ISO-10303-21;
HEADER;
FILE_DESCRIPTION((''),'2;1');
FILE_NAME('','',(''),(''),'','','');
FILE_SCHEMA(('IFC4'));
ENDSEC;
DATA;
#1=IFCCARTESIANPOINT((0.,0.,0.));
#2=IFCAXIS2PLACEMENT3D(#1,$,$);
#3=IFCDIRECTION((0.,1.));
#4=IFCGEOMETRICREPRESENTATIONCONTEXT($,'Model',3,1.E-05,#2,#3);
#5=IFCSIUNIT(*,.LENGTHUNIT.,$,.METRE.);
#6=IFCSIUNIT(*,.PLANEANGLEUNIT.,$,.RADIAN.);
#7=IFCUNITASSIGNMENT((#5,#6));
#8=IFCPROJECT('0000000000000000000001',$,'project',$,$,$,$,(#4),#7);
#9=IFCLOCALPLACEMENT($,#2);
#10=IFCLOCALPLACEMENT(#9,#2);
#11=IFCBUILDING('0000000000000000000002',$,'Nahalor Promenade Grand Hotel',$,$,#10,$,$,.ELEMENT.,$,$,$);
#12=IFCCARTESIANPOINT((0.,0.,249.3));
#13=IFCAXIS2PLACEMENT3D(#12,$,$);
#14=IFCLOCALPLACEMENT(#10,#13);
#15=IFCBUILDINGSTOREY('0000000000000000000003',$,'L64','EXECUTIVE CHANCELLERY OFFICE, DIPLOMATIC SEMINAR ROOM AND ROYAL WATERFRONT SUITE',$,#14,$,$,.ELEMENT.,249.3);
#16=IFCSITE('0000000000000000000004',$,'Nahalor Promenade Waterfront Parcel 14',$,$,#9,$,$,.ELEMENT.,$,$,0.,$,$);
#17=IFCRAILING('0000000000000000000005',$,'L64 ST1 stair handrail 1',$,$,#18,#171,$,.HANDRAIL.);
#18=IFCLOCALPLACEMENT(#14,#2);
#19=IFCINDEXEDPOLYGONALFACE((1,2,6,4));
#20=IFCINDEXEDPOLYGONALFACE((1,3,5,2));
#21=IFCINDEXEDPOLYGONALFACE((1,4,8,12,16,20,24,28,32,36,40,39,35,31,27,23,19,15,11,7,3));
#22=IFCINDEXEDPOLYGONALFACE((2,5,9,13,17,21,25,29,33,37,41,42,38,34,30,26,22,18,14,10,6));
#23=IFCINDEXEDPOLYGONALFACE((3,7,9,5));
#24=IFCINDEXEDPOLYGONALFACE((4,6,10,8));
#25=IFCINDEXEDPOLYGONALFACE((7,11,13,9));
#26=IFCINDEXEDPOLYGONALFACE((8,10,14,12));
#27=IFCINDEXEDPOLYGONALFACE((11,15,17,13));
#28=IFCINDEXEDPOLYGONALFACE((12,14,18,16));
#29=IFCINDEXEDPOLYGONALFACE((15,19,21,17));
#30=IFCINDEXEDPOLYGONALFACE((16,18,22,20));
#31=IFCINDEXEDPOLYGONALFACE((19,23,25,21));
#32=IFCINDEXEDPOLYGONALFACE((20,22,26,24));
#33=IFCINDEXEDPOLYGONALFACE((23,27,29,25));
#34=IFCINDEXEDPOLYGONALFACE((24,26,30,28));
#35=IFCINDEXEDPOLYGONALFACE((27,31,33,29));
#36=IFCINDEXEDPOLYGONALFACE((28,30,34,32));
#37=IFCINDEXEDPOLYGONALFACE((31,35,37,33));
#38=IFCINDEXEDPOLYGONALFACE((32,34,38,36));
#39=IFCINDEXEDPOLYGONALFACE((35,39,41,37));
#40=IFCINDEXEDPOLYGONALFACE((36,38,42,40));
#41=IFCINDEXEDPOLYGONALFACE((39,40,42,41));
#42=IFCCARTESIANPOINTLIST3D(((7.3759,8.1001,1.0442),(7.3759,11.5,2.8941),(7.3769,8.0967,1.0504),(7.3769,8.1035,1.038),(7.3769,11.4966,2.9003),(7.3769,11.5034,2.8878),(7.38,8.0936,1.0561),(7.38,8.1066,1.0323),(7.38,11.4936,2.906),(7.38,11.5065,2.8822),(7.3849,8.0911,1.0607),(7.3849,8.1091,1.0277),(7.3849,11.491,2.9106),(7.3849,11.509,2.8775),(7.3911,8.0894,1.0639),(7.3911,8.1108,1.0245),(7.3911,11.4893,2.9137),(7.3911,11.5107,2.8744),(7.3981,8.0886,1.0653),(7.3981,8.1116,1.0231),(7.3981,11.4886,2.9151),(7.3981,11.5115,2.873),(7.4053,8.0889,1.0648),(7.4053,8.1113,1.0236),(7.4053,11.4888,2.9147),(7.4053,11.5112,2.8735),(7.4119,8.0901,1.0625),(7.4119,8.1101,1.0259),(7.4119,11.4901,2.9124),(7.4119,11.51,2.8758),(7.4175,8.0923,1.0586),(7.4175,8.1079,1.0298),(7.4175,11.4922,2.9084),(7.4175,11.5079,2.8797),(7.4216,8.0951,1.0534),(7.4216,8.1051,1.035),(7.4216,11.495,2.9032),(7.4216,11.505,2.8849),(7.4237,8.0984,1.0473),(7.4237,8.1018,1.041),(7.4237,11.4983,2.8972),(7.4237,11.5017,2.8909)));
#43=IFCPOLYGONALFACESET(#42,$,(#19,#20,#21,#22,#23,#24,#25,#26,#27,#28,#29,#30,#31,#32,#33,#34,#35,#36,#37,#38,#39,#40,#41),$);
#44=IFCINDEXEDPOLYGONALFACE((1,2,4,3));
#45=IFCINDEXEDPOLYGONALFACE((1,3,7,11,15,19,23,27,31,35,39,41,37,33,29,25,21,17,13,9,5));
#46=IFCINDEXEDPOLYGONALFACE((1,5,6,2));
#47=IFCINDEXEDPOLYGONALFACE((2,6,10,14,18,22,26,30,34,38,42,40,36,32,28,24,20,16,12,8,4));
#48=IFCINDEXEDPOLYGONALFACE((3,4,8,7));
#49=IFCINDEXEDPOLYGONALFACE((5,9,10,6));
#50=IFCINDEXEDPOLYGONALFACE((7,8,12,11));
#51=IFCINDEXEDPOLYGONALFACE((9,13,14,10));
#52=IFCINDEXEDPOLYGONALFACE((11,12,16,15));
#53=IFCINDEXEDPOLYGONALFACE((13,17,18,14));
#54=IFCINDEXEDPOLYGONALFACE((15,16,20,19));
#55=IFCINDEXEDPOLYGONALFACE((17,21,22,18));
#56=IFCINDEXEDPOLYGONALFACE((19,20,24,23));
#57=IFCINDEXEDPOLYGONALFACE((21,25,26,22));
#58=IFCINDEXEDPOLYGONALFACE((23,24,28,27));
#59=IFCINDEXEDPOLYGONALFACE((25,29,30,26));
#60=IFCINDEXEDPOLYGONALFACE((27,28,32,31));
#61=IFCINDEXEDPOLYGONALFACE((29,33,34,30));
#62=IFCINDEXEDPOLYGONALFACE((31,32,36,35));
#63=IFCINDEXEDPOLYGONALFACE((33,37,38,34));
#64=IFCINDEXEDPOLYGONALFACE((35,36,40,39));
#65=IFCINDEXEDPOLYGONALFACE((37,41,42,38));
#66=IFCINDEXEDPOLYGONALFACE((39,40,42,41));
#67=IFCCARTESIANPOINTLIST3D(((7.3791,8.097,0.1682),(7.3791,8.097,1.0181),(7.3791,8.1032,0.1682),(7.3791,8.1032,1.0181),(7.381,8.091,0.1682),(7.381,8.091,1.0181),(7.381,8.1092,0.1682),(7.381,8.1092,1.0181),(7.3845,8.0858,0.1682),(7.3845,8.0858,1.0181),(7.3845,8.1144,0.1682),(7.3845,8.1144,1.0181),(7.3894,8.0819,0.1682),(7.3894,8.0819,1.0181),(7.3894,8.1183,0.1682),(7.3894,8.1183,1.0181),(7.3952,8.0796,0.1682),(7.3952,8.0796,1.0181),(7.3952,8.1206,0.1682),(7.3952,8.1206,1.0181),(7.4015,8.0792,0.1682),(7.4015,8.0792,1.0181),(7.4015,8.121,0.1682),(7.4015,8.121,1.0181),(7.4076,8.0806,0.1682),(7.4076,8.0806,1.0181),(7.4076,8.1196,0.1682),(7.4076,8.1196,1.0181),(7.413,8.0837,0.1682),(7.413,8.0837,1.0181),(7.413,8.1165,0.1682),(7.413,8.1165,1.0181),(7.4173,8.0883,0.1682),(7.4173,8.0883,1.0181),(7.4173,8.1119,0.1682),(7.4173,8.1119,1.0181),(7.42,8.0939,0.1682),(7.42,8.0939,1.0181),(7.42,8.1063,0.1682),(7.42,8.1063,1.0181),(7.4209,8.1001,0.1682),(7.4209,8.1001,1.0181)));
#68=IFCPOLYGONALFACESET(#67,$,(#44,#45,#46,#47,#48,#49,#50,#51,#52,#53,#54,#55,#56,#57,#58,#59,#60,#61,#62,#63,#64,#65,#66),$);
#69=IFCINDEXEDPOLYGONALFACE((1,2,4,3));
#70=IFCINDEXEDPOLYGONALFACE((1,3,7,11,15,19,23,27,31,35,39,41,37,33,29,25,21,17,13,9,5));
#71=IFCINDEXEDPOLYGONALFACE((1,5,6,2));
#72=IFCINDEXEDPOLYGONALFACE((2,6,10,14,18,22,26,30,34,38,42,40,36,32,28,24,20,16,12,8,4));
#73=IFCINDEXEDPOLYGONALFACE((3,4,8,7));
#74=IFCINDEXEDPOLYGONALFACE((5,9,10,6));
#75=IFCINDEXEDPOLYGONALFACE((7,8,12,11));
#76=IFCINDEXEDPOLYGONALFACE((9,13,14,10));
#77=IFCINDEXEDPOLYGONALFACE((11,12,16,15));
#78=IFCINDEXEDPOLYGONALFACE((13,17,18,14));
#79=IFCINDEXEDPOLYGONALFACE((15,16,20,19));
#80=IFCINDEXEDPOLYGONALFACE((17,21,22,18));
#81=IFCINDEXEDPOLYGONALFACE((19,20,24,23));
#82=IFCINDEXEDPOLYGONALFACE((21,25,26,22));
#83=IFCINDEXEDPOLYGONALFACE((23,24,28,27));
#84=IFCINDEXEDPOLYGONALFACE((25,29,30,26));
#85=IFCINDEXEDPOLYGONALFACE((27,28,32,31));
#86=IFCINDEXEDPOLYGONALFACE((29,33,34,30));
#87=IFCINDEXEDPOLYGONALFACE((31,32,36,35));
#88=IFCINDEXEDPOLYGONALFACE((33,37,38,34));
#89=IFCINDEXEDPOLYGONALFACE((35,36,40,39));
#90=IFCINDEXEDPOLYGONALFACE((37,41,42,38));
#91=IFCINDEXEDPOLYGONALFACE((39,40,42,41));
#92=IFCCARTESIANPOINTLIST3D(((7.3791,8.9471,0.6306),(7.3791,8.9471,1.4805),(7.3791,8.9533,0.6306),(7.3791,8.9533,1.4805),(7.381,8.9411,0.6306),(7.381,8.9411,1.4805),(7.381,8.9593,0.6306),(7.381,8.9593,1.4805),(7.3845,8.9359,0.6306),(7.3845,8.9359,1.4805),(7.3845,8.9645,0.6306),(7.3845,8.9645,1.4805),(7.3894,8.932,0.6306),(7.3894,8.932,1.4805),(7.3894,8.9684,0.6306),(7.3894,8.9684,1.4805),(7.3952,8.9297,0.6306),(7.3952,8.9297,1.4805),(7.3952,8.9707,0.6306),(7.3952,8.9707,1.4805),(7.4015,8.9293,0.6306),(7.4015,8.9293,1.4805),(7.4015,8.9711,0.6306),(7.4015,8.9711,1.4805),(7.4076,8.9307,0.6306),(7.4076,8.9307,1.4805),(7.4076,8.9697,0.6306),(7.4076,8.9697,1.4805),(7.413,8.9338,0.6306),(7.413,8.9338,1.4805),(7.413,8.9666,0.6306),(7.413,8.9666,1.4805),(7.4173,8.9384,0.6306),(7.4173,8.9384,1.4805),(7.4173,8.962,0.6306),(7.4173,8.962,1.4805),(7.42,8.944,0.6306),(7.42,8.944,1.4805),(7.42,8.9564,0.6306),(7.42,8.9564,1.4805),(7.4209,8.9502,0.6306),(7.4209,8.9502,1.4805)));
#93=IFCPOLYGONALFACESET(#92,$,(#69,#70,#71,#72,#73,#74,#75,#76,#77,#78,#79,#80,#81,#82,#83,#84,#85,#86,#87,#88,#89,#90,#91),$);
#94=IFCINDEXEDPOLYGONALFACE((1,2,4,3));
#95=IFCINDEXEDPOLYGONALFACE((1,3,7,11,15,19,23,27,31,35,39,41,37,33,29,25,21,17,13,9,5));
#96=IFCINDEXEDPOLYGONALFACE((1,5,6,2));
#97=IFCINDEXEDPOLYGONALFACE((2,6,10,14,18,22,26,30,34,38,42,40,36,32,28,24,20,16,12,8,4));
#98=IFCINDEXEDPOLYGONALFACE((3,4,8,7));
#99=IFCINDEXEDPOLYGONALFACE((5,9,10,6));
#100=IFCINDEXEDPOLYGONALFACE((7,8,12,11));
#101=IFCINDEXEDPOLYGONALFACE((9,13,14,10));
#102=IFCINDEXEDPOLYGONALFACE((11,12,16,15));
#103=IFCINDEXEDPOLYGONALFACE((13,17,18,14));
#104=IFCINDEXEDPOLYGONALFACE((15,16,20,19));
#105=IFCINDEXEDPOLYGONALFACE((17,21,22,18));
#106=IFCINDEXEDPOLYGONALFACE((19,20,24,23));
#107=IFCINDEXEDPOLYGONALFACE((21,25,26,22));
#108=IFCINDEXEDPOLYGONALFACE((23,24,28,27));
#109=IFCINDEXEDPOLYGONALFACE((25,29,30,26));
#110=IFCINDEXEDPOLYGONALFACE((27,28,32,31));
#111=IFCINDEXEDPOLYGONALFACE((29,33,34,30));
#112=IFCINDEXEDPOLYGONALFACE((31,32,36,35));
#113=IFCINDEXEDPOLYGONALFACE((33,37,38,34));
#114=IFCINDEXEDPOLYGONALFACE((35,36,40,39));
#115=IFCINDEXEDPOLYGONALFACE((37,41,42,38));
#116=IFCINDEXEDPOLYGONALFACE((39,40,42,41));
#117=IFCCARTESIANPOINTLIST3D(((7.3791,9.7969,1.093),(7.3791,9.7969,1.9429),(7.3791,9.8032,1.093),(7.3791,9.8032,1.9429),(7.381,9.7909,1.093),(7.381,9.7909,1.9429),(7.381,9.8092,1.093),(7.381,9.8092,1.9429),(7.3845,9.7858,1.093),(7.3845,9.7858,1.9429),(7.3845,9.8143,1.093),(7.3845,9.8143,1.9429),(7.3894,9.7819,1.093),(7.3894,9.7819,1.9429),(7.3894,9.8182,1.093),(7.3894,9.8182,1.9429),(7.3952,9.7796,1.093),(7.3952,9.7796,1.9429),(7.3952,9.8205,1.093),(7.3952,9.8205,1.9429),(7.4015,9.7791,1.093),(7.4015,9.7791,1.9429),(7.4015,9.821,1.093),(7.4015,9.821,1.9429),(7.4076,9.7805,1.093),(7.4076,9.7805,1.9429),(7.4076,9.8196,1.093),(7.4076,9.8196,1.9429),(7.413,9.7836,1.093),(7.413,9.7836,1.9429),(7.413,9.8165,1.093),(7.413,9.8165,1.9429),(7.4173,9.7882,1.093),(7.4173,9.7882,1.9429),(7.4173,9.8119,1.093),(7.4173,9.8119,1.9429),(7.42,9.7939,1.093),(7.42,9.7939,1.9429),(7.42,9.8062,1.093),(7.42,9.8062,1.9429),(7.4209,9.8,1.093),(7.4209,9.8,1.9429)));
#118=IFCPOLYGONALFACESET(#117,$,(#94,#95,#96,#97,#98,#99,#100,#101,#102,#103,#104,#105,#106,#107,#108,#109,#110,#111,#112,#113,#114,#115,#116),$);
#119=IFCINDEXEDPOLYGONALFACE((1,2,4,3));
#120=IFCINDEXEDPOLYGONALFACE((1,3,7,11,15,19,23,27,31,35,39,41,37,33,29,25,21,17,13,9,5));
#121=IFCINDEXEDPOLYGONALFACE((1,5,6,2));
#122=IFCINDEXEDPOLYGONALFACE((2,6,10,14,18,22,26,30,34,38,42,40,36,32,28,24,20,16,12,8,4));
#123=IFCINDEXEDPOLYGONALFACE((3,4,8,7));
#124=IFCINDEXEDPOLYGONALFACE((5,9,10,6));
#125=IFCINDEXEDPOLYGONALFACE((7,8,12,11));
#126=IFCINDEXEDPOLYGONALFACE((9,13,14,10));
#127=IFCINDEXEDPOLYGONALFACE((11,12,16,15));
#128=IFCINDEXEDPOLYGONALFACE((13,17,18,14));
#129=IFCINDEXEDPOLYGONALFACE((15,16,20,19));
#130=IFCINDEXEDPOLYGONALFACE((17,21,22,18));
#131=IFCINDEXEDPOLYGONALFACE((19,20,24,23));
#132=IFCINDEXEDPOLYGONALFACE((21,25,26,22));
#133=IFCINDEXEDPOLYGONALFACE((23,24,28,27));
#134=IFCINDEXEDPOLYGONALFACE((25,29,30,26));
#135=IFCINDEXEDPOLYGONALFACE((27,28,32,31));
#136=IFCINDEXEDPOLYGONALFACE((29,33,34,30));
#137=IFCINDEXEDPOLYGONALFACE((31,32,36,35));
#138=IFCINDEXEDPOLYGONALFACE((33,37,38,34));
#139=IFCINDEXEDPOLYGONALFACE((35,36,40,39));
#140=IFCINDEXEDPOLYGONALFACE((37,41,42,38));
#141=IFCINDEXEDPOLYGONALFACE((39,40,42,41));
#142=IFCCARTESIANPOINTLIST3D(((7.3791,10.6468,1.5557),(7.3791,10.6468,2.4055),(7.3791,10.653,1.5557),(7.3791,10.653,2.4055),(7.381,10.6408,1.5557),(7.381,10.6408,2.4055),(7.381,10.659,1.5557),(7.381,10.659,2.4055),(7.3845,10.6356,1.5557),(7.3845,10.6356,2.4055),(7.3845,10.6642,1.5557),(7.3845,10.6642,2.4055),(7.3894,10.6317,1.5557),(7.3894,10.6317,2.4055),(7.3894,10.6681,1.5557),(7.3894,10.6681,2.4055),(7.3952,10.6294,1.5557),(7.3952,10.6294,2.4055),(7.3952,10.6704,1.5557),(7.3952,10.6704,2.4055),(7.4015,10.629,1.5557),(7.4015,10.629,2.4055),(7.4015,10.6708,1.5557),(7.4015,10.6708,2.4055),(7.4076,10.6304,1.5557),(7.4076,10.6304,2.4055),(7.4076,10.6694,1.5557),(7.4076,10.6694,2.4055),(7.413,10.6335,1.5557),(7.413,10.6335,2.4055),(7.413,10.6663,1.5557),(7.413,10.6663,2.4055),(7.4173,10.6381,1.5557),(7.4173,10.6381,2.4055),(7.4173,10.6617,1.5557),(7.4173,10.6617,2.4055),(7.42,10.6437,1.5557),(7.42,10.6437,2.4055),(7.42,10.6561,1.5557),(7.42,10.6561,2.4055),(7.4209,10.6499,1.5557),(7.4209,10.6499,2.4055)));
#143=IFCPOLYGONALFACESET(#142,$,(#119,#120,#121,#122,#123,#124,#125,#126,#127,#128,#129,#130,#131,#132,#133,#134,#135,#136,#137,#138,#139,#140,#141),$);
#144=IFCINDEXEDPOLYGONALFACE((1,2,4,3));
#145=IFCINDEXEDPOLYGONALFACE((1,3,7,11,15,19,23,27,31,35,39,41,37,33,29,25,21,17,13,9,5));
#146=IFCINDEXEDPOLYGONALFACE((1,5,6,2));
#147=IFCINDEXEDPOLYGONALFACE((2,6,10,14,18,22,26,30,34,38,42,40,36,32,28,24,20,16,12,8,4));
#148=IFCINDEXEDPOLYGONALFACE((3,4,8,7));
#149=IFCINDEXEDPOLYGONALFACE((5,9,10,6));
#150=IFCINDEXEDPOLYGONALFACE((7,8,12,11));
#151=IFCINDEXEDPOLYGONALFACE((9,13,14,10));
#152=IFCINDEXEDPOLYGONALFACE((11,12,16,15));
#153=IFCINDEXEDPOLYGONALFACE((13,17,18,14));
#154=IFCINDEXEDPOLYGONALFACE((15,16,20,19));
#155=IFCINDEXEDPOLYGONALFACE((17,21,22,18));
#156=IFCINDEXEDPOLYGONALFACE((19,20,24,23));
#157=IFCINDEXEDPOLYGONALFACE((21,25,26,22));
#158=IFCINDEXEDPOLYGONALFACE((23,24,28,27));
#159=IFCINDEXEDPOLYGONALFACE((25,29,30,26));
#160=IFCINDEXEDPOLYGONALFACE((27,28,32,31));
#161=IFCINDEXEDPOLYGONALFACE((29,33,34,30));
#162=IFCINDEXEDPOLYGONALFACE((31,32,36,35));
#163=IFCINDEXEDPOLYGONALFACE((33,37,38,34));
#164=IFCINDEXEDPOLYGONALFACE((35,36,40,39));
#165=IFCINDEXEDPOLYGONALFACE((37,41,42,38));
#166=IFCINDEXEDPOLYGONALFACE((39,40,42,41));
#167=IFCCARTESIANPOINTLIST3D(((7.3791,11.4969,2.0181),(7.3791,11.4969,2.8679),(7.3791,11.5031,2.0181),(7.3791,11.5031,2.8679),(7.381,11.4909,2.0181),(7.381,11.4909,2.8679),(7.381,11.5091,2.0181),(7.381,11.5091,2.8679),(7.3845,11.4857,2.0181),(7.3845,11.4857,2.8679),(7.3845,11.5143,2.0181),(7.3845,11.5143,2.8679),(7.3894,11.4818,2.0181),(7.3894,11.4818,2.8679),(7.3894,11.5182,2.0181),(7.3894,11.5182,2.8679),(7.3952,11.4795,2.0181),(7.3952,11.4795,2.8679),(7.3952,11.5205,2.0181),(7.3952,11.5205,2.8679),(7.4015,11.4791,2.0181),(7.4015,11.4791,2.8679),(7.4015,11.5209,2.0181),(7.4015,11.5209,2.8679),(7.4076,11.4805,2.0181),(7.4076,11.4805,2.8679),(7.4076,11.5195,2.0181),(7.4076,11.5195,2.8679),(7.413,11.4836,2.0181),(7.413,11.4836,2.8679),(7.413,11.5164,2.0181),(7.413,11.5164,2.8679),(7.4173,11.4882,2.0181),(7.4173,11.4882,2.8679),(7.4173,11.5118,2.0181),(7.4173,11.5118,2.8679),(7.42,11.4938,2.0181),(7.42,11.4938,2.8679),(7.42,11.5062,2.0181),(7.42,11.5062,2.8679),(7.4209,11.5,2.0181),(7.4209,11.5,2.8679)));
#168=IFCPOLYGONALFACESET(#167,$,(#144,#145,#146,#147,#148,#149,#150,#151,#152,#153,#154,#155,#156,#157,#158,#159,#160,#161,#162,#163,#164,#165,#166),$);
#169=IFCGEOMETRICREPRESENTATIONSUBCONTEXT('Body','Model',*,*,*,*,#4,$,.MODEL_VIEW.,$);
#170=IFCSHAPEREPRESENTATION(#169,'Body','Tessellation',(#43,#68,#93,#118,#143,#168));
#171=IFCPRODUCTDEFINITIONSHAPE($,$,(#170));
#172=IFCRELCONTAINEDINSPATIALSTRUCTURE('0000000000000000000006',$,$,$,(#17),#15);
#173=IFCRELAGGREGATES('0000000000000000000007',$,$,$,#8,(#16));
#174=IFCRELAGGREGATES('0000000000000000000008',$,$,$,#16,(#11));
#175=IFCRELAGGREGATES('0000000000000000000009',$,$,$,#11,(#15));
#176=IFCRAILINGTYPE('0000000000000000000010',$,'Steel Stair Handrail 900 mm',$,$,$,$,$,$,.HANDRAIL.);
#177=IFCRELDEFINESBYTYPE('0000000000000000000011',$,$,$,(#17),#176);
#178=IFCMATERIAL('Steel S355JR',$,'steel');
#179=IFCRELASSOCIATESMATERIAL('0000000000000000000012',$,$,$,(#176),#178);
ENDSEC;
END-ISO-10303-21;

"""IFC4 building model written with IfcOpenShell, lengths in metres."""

from ifc_helpers import new_model, si_unit, direction, frame, origin, origin_2d, place, context, subcontext, project, spatial, circle, extrude, material, type_object, element, save


model = new_model("IFC4")

# Units and contexts
model_context = context("Model", 3, precision=1e-05, world=origin(), true_north=direction((0.0, 1.0)))
body_context = subcontext(model_context, "Body", "Model", "MODEL_VIEW")
ifc_project = project(units=[si_unit("LENGTHUNIT", "METRE"), si_unit("PLANEANGLEUNIT", "RADIAN")], contexts=[model_context])

# Site, building, storey
site_placement = place(None, origin())
site = spatial("IfcSite", under=ifc_project, at=site_placement, Name="Nahalor Promenade Waterfront Parcel 14", CompositionType="ELEMENT", RefElevation=0.0)
building_placement = place(site_placement, origin())
building = spatial("IfcBuilding", under=site, at=building_placement, Name="Nahalor Promenade Grand Hotel", CompositionType="ELEMENT")
storey_placement = place(building_placement, frame((0.0, 0.0, 249.3)))
storey = spatial("IfcBuildingStorey", under=building, at=storey_placement, Name="L64", Description="EXECUTIVE CHANCELLERY OFFICE, DIPLOMATIC SEMINAR ROOM AND ROYAL WATERFRONT SUITE", CompositionType="ELEMENT", Elevation=249.3)

# Shared definitions
ifc_material_1 = material(Name="Steel S355JR", Category="steel")

# Railing
railing_type_1 = type_object("IfcRailingType", Name="Steel Stair Handrail 900 mm", PredefinedType="HANDRAIL", material=ifc_material_1)
railing_1_placement = place(storey_placement, frame((7.3999, 8.1001, 0.1682)))
element("IfcRailing", 1, at=railing_1_placement, inside=storey, type_object=railing_type_1, Name="L64 ST1 stair handrail 1", PredefinedType="HANDRAIL", context=body_context, shape_type="SweptSolid", body=[
    extrude(circle(Radius=0.024, at=origin_2d()), frame((0.0, 0.0, 0.876), z_axis=(0.0, 0.878399, 0.477928), x_axis=(-1.0, 0.0, 0.0)), (0.0, 0.0, 1.0), 3.8706),
    extrude(circle(Radius=0.021, at=origin_2d()), origin(), (0.0, 0.0, 1.0), 0.8499),
    extrude(circle(Radius=0.021, at=origin_2d()), frame((0.0, 0.8501, 0.4624)), (0.0, 0.0, 1.0), 0.8499),
    extrude(circle(Radius=0.021, at=origin_2d()), frame((0.0, 1.7, 0.9248)), (0.0, 0.0, 1.0), 0.8499),
    extrude(circle(Radius=0.021, at=origin_2d()), frame((0.0, 2.5498, 1.3875)), (0.0, 0.0, 1.0), 0.8499),
    extrude(circle(Radius=0.021, at=origin_2d()), frame((0.0, 3.3999, 1.8499)), (0.0, 0.0, 1.0), 0.8499),
])

save(model, "model.ifc")
